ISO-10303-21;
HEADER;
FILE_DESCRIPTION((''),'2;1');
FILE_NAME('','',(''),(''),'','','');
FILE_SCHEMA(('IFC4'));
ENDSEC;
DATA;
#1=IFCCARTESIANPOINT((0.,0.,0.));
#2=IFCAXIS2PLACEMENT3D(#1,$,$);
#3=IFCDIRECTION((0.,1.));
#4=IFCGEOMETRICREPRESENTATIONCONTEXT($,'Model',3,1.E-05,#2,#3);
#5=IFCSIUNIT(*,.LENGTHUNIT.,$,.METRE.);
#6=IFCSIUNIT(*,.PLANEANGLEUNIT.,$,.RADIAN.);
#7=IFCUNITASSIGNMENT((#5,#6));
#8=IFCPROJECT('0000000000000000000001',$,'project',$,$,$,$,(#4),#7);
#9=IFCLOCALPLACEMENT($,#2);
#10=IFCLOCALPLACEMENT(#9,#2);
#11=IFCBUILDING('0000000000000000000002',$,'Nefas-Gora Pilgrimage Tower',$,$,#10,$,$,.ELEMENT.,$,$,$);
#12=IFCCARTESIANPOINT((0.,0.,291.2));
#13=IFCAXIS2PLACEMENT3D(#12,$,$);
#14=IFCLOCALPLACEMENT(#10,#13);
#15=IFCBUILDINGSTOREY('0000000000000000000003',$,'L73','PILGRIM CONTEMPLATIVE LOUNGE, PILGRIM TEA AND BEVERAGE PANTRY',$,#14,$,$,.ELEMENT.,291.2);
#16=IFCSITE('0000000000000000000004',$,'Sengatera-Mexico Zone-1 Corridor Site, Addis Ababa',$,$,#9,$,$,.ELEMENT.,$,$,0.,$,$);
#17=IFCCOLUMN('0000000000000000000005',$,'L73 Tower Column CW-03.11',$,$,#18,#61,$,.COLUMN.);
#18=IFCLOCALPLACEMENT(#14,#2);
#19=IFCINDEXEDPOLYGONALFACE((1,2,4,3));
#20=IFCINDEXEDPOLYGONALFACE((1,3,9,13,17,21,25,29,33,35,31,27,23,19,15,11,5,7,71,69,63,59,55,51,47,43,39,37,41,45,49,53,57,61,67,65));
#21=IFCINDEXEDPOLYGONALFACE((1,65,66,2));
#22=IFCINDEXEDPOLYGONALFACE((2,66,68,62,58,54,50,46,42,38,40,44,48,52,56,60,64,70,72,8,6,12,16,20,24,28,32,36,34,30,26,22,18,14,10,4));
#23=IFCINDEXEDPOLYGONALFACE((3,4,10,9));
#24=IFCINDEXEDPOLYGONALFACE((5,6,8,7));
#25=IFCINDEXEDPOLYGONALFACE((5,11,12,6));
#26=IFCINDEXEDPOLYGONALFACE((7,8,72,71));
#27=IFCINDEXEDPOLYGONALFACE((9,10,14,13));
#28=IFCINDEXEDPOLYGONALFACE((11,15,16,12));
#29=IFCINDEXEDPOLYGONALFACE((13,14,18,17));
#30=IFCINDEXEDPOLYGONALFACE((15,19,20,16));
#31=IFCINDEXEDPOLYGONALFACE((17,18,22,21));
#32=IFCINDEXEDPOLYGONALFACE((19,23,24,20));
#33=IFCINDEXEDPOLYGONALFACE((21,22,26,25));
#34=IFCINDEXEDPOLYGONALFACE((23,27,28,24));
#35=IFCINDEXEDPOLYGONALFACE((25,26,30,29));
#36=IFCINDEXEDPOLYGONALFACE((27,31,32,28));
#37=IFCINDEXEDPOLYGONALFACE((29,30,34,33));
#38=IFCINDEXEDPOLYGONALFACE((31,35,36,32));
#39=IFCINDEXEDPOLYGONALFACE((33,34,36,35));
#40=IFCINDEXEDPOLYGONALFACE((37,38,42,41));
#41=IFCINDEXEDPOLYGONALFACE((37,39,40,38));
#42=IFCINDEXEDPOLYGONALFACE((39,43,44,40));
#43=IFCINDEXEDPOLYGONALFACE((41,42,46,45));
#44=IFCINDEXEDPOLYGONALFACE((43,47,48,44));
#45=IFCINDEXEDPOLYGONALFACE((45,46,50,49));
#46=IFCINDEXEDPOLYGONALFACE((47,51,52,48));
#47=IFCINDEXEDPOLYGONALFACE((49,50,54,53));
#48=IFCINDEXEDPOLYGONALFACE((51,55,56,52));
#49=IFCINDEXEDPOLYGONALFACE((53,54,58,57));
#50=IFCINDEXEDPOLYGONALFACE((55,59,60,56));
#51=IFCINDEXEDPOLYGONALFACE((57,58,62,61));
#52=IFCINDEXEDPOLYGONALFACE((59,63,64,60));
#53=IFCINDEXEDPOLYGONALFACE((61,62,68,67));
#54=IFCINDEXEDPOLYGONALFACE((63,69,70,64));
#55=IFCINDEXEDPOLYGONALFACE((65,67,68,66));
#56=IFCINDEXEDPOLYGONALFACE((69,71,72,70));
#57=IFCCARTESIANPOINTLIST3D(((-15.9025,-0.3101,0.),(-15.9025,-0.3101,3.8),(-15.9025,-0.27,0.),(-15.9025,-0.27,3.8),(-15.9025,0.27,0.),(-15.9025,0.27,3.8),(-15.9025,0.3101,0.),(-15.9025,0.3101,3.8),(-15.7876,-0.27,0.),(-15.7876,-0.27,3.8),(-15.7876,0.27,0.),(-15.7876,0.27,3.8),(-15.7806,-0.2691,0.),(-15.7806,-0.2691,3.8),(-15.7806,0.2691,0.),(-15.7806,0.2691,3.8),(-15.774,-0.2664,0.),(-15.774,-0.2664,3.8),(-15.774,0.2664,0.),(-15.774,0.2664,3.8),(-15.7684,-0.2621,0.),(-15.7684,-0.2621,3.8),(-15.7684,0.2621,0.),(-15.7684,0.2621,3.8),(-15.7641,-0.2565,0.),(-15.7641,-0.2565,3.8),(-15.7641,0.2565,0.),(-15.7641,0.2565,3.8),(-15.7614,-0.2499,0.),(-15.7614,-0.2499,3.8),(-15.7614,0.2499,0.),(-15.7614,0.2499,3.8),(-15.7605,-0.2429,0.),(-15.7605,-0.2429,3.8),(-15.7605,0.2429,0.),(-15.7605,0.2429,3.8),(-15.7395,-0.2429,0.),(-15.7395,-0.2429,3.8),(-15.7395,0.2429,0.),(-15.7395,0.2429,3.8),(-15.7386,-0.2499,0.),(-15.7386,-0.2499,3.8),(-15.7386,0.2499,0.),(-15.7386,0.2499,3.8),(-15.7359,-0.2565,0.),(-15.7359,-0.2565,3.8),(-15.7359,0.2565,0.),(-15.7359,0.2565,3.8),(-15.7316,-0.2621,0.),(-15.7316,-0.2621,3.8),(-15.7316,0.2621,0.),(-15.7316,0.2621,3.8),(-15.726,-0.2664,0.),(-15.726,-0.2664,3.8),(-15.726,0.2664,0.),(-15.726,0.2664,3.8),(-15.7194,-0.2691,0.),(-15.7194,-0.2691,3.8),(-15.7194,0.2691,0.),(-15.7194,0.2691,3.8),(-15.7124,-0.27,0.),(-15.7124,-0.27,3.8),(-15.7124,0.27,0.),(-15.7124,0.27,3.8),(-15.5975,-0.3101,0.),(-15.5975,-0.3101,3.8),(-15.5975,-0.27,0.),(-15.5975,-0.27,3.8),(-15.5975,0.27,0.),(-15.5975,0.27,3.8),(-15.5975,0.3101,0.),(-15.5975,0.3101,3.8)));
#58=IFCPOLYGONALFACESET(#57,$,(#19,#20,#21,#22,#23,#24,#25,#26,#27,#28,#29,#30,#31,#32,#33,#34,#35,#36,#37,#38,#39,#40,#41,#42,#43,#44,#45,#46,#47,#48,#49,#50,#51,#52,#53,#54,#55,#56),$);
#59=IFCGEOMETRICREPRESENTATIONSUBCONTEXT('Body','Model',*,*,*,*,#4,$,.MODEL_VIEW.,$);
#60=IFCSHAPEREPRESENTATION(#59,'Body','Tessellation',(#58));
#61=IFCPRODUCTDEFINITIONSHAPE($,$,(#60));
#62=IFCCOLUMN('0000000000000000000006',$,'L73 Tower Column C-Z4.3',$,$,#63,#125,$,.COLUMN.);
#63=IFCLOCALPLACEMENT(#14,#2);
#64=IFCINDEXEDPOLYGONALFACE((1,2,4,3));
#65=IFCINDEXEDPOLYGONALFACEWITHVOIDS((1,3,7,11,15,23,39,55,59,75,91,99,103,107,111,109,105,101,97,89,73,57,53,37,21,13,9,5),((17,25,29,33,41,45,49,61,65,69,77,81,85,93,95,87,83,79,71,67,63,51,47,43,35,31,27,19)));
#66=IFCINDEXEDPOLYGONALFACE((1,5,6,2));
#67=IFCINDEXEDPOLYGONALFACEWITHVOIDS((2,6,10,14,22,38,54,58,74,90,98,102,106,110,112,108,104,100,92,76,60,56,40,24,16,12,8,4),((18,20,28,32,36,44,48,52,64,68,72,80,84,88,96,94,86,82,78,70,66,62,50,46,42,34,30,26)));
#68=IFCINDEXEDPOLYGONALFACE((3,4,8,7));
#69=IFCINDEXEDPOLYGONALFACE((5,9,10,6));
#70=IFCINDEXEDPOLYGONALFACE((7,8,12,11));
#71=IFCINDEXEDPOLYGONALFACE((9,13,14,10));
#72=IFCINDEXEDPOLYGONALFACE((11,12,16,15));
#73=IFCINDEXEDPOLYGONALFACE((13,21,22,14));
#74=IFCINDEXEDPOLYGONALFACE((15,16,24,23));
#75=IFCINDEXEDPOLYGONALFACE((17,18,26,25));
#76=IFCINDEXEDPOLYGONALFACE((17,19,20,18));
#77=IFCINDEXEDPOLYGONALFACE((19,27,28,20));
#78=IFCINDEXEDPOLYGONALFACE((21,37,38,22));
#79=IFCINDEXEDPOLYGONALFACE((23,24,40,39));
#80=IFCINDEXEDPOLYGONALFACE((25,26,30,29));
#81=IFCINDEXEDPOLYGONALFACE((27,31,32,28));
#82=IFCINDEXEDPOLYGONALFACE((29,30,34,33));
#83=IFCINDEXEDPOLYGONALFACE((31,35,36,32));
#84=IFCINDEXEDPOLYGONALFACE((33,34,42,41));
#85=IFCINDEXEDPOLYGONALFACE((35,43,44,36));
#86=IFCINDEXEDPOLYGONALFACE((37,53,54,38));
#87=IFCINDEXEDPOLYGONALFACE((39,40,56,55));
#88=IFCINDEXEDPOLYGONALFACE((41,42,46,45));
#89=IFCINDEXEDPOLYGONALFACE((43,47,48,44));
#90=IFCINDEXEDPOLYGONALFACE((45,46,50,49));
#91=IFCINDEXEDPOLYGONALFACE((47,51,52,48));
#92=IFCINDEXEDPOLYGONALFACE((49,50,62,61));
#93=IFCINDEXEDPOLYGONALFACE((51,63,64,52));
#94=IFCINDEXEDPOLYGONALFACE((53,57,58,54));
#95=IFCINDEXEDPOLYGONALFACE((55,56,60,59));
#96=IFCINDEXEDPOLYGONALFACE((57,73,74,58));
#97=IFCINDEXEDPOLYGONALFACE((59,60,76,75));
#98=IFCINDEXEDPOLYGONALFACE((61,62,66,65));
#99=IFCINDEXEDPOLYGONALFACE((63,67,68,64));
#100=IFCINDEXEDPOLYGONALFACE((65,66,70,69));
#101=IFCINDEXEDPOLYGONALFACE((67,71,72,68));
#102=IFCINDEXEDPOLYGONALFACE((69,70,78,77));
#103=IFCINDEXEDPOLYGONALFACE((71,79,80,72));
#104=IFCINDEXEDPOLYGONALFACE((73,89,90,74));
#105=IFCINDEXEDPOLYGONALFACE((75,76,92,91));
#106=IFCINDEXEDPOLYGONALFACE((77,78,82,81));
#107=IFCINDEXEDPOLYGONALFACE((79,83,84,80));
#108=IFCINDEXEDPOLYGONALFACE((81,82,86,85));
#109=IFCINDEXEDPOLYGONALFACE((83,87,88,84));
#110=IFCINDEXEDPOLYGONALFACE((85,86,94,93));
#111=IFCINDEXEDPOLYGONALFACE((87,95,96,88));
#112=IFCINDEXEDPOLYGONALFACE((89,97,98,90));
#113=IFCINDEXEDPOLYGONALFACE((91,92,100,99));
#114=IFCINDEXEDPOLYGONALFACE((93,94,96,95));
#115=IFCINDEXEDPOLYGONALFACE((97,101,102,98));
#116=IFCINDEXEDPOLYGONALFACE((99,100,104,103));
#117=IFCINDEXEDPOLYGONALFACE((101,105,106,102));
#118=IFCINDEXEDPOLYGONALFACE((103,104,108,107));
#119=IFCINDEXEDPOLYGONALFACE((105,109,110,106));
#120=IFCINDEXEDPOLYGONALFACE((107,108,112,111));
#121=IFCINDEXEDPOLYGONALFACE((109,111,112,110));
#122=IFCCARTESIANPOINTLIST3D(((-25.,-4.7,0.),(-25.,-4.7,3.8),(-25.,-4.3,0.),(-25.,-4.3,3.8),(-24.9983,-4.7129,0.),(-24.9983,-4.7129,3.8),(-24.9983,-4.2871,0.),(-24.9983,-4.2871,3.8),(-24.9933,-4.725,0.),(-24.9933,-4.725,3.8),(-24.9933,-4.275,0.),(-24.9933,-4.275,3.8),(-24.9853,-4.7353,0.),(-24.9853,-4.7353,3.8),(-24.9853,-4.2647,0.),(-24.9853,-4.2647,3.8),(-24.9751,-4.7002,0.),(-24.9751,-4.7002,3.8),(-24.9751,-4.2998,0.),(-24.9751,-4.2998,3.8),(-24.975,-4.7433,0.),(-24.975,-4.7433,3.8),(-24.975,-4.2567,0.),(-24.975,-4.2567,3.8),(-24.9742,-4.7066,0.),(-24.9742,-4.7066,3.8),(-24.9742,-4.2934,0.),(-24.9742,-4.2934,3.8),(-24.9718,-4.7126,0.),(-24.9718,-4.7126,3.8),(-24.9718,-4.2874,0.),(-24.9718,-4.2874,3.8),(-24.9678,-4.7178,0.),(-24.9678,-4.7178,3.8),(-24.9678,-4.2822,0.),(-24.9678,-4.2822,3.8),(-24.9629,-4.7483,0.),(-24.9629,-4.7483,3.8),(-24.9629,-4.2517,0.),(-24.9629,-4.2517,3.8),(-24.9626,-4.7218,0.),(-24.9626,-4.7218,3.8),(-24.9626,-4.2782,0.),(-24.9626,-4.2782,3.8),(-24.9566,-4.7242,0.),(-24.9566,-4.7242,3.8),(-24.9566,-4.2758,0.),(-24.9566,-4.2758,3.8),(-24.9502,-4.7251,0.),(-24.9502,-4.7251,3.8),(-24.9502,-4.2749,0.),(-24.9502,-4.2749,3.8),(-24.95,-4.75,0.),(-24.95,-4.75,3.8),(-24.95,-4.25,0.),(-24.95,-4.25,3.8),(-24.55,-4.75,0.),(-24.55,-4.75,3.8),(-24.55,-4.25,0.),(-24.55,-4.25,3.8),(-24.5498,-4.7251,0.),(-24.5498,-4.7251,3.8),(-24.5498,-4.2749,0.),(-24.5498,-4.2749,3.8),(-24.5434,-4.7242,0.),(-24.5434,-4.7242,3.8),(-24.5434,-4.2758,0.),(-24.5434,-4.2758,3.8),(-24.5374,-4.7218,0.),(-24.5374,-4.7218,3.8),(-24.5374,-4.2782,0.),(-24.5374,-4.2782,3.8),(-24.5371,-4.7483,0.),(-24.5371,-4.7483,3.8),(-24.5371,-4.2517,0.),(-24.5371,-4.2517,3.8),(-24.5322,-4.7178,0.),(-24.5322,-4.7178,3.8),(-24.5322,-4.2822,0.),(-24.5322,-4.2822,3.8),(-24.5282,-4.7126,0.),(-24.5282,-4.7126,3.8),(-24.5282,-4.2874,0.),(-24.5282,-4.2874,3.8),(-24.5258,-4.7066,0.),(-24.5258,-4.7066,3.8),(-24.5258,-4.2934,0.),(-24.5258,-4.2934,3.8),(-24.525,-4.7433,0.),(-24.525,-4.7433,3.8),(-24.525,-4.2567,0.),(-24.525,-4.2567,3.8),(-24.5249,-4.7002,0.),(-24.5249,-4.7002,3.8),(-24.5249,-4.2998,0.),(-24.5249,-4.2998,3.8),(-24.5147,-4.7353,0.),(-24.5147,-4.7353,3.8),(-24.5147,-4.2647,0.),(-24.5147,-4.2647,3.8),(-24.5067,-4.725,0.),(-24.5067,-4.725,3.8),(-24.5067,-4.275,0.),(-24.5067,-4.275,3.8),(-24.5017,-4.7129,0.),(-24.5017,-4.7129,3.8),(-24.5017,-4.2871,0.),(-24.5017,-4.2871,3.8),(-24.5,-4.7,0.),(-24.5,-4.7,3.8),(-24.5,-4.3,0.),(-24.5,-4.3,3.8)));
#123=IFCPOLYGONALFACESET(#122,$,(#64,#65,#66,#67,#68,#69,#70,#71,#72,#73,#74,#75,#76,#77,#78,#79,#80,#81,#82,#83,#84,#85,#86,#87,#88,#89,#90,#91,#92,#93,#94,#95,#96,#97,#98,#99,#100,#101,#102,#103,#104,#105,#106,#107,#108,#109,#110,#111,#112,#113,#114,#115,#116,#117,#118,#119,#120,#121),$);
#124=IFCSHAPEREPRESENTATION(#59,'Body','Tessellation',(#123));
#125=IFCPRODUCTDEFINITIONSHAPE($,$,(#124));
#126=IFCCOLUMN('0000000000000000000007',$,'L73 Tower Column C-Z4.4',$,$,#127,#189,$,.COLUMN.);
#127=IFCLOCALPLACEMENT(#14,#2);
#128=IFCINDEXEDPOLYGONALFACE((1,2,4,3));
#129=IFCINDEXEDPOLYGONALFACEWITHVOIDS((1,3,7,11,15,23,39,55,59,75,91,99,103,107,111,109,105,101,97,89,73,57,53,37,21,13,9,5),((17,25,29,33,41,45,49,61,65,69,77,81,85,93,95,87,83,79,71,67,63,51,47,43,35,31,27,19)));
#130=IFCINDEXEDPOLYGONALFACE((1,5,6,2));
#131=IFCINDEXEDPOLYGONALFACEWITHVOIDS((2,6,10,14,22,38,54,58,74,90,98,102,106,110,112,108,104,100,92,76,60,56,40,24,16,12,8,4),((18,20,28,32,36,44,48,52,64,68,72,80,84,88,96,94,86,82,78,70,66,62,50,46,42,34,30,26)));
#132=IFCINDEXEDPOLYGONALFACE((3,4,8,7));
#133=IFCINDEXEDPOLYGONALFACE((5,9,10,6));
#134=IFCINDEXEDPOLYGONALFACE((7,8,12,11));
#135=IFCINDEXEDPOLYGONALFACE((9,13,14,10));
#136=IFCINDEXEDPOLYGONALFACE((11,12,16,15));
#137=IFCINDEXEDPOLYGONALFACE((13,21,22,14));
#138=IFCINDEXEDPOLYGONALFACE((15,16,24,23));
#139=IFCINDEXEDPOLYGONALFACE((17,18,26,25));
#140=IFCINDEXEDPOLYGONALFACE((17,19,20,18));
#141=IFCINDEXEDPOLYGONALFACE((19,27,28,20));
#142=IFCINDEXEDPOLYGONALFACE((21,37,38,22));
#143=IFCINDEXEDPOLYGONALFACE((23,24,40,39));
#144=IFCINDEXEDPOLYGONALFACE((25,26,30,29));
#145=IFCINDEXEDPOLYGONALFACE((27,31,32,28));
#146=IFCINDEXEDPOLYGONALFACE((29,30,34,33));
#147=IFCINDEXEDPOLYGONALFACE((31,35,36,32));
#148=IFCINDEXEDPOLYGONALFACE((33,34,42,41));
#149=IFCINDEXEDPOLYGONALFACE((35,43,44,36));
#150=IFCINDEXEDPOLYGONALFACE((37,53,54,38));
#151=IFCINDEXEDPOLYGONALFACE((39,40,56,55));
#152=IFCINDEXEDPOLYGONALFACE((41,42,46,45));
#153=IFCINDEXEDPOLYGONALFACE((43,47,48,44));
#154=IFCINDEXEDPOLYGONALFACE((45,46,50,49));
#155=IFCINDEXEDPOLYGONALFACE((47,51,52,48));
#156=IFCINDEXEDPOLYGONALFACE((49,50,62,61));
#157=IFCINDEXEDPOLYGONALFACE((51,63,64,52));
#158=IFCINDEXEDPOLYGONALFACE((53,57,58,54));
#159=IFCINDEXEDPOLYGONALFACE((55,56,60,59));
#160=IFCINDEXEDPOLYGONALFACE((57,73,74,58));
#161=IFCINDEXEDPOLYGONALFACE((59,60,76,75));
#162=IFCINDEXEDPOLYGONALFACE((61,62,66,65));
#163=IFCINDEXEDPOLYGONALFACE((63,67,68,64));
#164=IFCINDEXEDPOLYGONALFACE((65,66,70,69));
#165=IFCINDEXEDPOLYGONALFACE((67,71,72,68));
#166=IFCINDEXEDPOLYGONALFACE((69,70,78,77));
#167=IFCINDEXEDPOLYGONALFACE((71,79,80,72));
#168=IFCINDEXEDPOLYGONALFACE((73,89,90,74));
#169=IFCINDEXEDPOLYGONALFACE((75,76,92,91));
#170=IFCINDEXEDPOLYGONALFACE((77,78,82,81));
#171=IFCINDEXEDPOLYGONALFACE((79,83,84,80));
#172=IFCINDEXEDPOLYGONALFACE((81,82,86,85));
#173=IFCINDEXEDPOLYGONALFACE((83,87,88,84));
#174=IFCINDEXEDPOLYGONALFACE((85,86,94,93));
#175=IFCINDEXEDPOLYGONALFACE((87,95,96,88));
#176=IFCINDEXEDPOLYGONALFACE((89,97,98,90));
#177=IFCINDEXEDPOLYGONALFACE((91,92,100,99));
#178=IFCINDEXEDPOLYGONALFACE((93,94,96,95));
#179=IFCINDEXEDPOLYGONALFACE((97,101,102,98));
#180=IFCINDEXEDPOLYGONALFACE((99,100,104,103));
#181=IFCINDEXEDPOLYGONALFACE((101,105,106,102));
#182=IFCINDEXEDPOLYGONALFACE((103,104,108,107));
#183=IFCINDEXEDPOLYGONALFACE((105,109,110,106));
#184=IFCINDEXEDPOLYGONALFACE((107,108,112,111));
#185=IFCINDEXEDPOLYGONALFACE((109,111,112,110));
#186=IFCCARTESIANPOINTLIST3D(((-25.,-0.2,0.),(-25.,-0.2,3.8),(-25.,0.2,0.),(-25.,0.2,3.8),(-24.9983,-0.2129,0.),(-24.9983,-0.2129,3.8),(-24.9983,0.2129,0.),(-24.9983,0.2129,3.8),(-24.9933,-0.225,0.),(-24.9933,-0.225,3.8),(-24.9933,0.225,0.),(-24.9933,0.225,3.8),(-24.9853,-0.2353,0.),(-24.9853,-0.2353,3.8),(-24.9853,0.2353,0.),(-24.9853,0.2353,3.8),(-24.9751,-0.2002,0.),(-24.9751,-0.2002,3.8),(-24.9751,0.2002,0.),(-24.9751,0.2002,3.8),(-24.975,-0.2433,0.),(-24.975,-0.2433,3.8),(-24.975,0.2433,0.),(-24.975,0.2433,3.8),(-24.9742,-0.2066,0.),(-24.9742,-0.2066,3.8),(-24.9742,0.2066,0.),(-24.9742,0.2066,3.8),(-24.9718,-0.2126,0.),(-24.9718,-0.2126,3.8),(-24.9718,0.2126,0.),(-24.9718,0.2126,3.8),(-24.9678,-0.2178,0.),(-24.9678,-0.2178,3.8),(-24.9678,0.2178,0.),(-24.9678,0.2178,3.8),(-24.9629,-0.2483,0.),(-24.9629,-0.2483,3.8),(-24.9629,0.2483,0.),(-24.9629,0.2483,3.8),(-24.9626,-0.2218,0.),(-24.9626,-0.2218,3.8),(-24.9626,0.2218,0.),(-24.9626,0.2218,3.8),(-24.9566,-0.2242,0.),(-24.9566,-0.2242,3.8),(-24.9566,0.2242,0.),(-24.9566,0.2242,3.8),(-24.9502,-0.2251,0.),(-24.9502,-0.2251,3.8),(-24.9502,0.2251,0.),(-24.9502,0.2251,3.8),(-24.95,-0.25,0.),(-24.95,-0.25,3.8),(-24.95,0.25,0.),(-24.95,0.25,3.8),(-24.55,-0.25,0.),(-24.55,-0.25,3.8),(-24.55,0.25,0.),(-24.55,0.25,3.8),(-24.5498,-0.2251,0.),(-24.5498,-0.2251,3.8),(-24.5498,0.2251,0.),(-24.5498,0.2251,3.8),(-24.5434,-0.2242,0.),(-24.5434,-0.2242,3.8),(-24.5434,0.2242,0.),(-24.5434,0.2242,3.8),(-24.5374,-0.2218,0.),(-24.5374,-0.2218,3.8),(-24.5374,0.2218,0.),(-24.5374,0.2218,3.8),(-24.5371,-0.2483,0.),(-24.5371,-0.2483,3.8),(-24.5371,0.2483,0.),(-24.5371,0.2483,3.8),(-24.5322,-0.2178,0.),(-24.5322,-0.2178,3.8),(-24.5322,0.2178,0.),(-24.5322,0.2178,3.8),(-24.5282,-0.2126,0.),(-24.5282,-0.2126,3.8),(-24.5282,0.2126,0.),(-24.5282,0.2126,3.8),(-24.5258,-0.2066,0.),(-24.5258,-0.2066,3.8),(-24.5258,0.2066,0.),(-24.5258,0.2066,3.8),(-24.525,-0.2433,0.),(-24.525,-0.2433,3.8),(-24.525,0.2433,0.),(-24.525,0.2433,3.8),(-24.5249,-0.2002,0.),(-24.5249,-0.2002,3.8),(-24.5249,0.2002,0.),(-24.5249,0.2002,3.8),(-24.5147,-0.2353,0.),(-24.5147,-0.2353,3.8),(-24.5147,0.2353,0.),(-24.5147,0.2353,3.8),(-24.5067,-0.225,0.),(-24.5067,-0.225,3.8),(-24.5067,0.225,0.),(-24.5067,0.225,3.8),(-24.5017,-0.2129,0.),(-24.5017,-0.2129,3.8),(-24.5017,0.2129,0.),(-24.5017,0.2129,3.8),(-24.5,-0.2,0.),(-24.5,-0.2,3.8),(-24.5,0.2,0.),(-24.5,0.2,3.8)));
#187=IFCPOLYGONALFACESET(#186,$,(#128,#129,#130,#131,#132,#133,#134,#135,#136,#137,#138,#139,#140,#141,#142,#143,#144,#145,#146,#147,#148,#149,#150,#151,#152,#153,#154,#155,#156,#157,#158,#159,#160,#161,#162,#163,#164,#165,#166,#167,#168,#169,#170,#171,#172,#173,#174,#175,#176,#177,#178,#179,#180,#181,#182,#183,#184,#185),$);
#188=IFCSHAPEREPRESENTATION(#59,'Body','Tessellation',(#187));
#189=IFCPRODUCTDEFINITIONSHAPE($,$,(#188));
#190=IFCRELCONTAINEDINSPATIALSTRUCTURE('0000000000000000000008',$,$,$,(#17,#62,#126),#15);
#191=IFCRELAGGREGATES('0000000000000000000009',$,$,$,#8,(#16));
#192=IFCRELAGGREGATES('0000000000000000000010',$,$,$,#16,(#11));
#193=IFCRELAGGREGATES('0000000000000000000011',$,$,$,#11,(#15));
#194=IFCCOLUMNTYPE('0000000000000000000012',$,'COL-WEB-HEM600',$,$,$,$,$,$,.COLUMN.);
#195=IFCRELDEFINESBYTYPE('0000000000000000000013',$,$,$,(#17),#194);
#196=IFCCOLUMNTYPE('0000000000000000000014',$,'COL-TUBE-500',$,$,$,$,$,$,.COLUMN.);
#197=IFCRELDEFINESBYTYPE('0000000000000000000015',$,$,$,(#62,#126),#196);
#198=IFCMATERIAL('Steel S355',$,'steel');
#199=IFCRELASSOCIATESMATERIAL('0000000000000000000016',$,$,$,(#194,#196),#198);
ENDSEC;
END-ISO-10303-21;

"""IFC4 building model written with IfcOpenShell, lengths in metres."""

from ifc_helpers import new_model, si_unit, direction, frame, origin, origin_2d, place, context, subcontext, project, spatial, hollow_rectangle, i_section, extrude, source, transform, mapped, material, material_profile, profile_set, type_object, element, save


model = new_model("IFC4")

# Units and contexts
model_context = context("Model", 3, precision=1e-05, world=origin(), true_north=direction((0.0, 1.0)))
body_context = subcontext(model_context, "Body", "Model", "MODEL_VIEW")
ifc_project = project(units=[si_unit("LENGTHUNIT", "METRE"), si_unit("PLANEANGLEUNIT", "RADIAN")], contexts=[model_context])

# Site, building, storey
site_placement = place(None, origin())
site = spatial("IfcSite", under=ifc_project, at=site_placement, Name="Sengatera-Mexico Zone-1 Corridor Site, Addis Ababa", CompositionType="ELEMENT", RefElevation=0.0)
building_placement = place(site_placement, origin())
building = spatial("IfcBuilding", under=site, at=building_placement, Name="Nefas-Gora Pilgrimage Tower", CompositionType="ELEMENT")
storey_placement = place(building_placement, frame((0.0, 0.0, 291.2)))
storey = spatial("IfcBuildingStorey", under=building, at=storey_placement, Name="L73", Description="PILGRIM CONTEMPLATIVE LOUNGE, PILGRIM TEA AND BEVERAGE PANTRY", CompositionType="ELEMENT", Elevation=291.2)

# Columns
ifc_material_1 = material(Name="Steel S355", Category="steel")
ifc_material_profile_1 = material_profile(ifc_material_1, i_section(OverallWidth=0.3049, OverallDepth=0.6201, WebThickness=0.021, FlangeThickness=0.04, FilletRadius=0.0271, at=origin_2d()), Name="HEM 600")
ifc_profile_set_1 = profile_set([ifc_material_profile_1], Name="Steel S355")
column_type_1 = type_object("IfcColumnType", Name="COL-WEB-HEM600", PredefinedType="COLUMN", material=ifc_profile_set_1)
shared_shape_1 = source(origin(), body_context, "Body", "SweptSolid", [
    extrude(i_section(OverallWidth=0.3049, OverallDepth=0.6201, WebThickness=0.021, FlangeThickness=0.04, FilletRadius=0.0271, at=origin_2d()), origin(), (0.0, 0.0, 1.0), 3.8),
])
for number, where, z_axis, x_axis, name in (
    (1, (-15.75, 0.0, 0.0), (0.0, 0.0, 1.0), (1.0, 0.0, 0.0), "L73 Tower Column CW-03.11"),
):
    element("IfcColumn", number, at=place(storey_placement, frame(where, z_axis=z_axis, x_axis=x_axis)), inside=storey, type_object=column_type_1, Name=name, PredefinedType="COLUMN", context=body_context, shape_type="MappedRepresentation", body=[
        mapped(shared_shape_1, transform((0.0, 0.0, 0.0), x_axis=(1.0, 0.0, 0.0), y_axis=(0.0, 1.0, 0.0), z_axis=(0.0, 0.0, 1.0), scale=1.0)),
    ])
ifc_material_profile_2 = material_profile(ifc_material_1, hollow_rectangle(XDim=0.5, YDim=0.5, WallThickness=0.0249, InnerFilletRadius=0.0249, OuterFilletRadius=0.05, at=origin_2d()), Name="SHS 500x500x25")
ifc_profile_set_2 = profile_set([ifc_material_profile_2], Name="Steel S355")
column_type_2 = type_object("IfcColumnType", Name="COL-TUBE-500", PredefinedType="COLUMN", material=ifc_profile_set_2)
shared_shape_2 = source(origin(), body_context, "Body", "SweptSolid", [
    extrude(hollow_rectangle(XDim=0.5, YDim=0.5, WallThickness=0.0249, InnerFilletRadius=0.0249, OuterFilletRadius=0.05, at=origin_2d()), origin(), (0.0, 0.0, 1.0), 3.8),
])
for number, where, z_axis, x_axis, name in (
    (2, (-24.75, -4.5, 0.0), (0.0, 0.0, 1.0), (1.0, 0.0, 0.0), "L73 Tower Column C-Z4.3"),
    (3, (-24.75, 0.0, 0.0), (0.0, 0.0, 1.0), (1.0, 0.0, 0.0), "L73 Tower Column C-Z4.4"),
):
    element("IfcColumn", number, at=place(storey_placement, frame(where, z_axis=z_axis, x_axis=x_axis)), inside=storey, type_object=column_type_2, Name=name, PredefinedType="COLUMN", context=body_context, shape_type="MappedRepresentation", body=[
        mapped(shared_shape_2, transform((0.0, 0.0, 0.0), x_axis=(1.0, 0.0, 0.0), y_axis=(0.0, 1.0, 0.0), z_axis=(0.0, 0.0, 1.0), scale=1.0)),
    ])

save(model, "model.ifc")
